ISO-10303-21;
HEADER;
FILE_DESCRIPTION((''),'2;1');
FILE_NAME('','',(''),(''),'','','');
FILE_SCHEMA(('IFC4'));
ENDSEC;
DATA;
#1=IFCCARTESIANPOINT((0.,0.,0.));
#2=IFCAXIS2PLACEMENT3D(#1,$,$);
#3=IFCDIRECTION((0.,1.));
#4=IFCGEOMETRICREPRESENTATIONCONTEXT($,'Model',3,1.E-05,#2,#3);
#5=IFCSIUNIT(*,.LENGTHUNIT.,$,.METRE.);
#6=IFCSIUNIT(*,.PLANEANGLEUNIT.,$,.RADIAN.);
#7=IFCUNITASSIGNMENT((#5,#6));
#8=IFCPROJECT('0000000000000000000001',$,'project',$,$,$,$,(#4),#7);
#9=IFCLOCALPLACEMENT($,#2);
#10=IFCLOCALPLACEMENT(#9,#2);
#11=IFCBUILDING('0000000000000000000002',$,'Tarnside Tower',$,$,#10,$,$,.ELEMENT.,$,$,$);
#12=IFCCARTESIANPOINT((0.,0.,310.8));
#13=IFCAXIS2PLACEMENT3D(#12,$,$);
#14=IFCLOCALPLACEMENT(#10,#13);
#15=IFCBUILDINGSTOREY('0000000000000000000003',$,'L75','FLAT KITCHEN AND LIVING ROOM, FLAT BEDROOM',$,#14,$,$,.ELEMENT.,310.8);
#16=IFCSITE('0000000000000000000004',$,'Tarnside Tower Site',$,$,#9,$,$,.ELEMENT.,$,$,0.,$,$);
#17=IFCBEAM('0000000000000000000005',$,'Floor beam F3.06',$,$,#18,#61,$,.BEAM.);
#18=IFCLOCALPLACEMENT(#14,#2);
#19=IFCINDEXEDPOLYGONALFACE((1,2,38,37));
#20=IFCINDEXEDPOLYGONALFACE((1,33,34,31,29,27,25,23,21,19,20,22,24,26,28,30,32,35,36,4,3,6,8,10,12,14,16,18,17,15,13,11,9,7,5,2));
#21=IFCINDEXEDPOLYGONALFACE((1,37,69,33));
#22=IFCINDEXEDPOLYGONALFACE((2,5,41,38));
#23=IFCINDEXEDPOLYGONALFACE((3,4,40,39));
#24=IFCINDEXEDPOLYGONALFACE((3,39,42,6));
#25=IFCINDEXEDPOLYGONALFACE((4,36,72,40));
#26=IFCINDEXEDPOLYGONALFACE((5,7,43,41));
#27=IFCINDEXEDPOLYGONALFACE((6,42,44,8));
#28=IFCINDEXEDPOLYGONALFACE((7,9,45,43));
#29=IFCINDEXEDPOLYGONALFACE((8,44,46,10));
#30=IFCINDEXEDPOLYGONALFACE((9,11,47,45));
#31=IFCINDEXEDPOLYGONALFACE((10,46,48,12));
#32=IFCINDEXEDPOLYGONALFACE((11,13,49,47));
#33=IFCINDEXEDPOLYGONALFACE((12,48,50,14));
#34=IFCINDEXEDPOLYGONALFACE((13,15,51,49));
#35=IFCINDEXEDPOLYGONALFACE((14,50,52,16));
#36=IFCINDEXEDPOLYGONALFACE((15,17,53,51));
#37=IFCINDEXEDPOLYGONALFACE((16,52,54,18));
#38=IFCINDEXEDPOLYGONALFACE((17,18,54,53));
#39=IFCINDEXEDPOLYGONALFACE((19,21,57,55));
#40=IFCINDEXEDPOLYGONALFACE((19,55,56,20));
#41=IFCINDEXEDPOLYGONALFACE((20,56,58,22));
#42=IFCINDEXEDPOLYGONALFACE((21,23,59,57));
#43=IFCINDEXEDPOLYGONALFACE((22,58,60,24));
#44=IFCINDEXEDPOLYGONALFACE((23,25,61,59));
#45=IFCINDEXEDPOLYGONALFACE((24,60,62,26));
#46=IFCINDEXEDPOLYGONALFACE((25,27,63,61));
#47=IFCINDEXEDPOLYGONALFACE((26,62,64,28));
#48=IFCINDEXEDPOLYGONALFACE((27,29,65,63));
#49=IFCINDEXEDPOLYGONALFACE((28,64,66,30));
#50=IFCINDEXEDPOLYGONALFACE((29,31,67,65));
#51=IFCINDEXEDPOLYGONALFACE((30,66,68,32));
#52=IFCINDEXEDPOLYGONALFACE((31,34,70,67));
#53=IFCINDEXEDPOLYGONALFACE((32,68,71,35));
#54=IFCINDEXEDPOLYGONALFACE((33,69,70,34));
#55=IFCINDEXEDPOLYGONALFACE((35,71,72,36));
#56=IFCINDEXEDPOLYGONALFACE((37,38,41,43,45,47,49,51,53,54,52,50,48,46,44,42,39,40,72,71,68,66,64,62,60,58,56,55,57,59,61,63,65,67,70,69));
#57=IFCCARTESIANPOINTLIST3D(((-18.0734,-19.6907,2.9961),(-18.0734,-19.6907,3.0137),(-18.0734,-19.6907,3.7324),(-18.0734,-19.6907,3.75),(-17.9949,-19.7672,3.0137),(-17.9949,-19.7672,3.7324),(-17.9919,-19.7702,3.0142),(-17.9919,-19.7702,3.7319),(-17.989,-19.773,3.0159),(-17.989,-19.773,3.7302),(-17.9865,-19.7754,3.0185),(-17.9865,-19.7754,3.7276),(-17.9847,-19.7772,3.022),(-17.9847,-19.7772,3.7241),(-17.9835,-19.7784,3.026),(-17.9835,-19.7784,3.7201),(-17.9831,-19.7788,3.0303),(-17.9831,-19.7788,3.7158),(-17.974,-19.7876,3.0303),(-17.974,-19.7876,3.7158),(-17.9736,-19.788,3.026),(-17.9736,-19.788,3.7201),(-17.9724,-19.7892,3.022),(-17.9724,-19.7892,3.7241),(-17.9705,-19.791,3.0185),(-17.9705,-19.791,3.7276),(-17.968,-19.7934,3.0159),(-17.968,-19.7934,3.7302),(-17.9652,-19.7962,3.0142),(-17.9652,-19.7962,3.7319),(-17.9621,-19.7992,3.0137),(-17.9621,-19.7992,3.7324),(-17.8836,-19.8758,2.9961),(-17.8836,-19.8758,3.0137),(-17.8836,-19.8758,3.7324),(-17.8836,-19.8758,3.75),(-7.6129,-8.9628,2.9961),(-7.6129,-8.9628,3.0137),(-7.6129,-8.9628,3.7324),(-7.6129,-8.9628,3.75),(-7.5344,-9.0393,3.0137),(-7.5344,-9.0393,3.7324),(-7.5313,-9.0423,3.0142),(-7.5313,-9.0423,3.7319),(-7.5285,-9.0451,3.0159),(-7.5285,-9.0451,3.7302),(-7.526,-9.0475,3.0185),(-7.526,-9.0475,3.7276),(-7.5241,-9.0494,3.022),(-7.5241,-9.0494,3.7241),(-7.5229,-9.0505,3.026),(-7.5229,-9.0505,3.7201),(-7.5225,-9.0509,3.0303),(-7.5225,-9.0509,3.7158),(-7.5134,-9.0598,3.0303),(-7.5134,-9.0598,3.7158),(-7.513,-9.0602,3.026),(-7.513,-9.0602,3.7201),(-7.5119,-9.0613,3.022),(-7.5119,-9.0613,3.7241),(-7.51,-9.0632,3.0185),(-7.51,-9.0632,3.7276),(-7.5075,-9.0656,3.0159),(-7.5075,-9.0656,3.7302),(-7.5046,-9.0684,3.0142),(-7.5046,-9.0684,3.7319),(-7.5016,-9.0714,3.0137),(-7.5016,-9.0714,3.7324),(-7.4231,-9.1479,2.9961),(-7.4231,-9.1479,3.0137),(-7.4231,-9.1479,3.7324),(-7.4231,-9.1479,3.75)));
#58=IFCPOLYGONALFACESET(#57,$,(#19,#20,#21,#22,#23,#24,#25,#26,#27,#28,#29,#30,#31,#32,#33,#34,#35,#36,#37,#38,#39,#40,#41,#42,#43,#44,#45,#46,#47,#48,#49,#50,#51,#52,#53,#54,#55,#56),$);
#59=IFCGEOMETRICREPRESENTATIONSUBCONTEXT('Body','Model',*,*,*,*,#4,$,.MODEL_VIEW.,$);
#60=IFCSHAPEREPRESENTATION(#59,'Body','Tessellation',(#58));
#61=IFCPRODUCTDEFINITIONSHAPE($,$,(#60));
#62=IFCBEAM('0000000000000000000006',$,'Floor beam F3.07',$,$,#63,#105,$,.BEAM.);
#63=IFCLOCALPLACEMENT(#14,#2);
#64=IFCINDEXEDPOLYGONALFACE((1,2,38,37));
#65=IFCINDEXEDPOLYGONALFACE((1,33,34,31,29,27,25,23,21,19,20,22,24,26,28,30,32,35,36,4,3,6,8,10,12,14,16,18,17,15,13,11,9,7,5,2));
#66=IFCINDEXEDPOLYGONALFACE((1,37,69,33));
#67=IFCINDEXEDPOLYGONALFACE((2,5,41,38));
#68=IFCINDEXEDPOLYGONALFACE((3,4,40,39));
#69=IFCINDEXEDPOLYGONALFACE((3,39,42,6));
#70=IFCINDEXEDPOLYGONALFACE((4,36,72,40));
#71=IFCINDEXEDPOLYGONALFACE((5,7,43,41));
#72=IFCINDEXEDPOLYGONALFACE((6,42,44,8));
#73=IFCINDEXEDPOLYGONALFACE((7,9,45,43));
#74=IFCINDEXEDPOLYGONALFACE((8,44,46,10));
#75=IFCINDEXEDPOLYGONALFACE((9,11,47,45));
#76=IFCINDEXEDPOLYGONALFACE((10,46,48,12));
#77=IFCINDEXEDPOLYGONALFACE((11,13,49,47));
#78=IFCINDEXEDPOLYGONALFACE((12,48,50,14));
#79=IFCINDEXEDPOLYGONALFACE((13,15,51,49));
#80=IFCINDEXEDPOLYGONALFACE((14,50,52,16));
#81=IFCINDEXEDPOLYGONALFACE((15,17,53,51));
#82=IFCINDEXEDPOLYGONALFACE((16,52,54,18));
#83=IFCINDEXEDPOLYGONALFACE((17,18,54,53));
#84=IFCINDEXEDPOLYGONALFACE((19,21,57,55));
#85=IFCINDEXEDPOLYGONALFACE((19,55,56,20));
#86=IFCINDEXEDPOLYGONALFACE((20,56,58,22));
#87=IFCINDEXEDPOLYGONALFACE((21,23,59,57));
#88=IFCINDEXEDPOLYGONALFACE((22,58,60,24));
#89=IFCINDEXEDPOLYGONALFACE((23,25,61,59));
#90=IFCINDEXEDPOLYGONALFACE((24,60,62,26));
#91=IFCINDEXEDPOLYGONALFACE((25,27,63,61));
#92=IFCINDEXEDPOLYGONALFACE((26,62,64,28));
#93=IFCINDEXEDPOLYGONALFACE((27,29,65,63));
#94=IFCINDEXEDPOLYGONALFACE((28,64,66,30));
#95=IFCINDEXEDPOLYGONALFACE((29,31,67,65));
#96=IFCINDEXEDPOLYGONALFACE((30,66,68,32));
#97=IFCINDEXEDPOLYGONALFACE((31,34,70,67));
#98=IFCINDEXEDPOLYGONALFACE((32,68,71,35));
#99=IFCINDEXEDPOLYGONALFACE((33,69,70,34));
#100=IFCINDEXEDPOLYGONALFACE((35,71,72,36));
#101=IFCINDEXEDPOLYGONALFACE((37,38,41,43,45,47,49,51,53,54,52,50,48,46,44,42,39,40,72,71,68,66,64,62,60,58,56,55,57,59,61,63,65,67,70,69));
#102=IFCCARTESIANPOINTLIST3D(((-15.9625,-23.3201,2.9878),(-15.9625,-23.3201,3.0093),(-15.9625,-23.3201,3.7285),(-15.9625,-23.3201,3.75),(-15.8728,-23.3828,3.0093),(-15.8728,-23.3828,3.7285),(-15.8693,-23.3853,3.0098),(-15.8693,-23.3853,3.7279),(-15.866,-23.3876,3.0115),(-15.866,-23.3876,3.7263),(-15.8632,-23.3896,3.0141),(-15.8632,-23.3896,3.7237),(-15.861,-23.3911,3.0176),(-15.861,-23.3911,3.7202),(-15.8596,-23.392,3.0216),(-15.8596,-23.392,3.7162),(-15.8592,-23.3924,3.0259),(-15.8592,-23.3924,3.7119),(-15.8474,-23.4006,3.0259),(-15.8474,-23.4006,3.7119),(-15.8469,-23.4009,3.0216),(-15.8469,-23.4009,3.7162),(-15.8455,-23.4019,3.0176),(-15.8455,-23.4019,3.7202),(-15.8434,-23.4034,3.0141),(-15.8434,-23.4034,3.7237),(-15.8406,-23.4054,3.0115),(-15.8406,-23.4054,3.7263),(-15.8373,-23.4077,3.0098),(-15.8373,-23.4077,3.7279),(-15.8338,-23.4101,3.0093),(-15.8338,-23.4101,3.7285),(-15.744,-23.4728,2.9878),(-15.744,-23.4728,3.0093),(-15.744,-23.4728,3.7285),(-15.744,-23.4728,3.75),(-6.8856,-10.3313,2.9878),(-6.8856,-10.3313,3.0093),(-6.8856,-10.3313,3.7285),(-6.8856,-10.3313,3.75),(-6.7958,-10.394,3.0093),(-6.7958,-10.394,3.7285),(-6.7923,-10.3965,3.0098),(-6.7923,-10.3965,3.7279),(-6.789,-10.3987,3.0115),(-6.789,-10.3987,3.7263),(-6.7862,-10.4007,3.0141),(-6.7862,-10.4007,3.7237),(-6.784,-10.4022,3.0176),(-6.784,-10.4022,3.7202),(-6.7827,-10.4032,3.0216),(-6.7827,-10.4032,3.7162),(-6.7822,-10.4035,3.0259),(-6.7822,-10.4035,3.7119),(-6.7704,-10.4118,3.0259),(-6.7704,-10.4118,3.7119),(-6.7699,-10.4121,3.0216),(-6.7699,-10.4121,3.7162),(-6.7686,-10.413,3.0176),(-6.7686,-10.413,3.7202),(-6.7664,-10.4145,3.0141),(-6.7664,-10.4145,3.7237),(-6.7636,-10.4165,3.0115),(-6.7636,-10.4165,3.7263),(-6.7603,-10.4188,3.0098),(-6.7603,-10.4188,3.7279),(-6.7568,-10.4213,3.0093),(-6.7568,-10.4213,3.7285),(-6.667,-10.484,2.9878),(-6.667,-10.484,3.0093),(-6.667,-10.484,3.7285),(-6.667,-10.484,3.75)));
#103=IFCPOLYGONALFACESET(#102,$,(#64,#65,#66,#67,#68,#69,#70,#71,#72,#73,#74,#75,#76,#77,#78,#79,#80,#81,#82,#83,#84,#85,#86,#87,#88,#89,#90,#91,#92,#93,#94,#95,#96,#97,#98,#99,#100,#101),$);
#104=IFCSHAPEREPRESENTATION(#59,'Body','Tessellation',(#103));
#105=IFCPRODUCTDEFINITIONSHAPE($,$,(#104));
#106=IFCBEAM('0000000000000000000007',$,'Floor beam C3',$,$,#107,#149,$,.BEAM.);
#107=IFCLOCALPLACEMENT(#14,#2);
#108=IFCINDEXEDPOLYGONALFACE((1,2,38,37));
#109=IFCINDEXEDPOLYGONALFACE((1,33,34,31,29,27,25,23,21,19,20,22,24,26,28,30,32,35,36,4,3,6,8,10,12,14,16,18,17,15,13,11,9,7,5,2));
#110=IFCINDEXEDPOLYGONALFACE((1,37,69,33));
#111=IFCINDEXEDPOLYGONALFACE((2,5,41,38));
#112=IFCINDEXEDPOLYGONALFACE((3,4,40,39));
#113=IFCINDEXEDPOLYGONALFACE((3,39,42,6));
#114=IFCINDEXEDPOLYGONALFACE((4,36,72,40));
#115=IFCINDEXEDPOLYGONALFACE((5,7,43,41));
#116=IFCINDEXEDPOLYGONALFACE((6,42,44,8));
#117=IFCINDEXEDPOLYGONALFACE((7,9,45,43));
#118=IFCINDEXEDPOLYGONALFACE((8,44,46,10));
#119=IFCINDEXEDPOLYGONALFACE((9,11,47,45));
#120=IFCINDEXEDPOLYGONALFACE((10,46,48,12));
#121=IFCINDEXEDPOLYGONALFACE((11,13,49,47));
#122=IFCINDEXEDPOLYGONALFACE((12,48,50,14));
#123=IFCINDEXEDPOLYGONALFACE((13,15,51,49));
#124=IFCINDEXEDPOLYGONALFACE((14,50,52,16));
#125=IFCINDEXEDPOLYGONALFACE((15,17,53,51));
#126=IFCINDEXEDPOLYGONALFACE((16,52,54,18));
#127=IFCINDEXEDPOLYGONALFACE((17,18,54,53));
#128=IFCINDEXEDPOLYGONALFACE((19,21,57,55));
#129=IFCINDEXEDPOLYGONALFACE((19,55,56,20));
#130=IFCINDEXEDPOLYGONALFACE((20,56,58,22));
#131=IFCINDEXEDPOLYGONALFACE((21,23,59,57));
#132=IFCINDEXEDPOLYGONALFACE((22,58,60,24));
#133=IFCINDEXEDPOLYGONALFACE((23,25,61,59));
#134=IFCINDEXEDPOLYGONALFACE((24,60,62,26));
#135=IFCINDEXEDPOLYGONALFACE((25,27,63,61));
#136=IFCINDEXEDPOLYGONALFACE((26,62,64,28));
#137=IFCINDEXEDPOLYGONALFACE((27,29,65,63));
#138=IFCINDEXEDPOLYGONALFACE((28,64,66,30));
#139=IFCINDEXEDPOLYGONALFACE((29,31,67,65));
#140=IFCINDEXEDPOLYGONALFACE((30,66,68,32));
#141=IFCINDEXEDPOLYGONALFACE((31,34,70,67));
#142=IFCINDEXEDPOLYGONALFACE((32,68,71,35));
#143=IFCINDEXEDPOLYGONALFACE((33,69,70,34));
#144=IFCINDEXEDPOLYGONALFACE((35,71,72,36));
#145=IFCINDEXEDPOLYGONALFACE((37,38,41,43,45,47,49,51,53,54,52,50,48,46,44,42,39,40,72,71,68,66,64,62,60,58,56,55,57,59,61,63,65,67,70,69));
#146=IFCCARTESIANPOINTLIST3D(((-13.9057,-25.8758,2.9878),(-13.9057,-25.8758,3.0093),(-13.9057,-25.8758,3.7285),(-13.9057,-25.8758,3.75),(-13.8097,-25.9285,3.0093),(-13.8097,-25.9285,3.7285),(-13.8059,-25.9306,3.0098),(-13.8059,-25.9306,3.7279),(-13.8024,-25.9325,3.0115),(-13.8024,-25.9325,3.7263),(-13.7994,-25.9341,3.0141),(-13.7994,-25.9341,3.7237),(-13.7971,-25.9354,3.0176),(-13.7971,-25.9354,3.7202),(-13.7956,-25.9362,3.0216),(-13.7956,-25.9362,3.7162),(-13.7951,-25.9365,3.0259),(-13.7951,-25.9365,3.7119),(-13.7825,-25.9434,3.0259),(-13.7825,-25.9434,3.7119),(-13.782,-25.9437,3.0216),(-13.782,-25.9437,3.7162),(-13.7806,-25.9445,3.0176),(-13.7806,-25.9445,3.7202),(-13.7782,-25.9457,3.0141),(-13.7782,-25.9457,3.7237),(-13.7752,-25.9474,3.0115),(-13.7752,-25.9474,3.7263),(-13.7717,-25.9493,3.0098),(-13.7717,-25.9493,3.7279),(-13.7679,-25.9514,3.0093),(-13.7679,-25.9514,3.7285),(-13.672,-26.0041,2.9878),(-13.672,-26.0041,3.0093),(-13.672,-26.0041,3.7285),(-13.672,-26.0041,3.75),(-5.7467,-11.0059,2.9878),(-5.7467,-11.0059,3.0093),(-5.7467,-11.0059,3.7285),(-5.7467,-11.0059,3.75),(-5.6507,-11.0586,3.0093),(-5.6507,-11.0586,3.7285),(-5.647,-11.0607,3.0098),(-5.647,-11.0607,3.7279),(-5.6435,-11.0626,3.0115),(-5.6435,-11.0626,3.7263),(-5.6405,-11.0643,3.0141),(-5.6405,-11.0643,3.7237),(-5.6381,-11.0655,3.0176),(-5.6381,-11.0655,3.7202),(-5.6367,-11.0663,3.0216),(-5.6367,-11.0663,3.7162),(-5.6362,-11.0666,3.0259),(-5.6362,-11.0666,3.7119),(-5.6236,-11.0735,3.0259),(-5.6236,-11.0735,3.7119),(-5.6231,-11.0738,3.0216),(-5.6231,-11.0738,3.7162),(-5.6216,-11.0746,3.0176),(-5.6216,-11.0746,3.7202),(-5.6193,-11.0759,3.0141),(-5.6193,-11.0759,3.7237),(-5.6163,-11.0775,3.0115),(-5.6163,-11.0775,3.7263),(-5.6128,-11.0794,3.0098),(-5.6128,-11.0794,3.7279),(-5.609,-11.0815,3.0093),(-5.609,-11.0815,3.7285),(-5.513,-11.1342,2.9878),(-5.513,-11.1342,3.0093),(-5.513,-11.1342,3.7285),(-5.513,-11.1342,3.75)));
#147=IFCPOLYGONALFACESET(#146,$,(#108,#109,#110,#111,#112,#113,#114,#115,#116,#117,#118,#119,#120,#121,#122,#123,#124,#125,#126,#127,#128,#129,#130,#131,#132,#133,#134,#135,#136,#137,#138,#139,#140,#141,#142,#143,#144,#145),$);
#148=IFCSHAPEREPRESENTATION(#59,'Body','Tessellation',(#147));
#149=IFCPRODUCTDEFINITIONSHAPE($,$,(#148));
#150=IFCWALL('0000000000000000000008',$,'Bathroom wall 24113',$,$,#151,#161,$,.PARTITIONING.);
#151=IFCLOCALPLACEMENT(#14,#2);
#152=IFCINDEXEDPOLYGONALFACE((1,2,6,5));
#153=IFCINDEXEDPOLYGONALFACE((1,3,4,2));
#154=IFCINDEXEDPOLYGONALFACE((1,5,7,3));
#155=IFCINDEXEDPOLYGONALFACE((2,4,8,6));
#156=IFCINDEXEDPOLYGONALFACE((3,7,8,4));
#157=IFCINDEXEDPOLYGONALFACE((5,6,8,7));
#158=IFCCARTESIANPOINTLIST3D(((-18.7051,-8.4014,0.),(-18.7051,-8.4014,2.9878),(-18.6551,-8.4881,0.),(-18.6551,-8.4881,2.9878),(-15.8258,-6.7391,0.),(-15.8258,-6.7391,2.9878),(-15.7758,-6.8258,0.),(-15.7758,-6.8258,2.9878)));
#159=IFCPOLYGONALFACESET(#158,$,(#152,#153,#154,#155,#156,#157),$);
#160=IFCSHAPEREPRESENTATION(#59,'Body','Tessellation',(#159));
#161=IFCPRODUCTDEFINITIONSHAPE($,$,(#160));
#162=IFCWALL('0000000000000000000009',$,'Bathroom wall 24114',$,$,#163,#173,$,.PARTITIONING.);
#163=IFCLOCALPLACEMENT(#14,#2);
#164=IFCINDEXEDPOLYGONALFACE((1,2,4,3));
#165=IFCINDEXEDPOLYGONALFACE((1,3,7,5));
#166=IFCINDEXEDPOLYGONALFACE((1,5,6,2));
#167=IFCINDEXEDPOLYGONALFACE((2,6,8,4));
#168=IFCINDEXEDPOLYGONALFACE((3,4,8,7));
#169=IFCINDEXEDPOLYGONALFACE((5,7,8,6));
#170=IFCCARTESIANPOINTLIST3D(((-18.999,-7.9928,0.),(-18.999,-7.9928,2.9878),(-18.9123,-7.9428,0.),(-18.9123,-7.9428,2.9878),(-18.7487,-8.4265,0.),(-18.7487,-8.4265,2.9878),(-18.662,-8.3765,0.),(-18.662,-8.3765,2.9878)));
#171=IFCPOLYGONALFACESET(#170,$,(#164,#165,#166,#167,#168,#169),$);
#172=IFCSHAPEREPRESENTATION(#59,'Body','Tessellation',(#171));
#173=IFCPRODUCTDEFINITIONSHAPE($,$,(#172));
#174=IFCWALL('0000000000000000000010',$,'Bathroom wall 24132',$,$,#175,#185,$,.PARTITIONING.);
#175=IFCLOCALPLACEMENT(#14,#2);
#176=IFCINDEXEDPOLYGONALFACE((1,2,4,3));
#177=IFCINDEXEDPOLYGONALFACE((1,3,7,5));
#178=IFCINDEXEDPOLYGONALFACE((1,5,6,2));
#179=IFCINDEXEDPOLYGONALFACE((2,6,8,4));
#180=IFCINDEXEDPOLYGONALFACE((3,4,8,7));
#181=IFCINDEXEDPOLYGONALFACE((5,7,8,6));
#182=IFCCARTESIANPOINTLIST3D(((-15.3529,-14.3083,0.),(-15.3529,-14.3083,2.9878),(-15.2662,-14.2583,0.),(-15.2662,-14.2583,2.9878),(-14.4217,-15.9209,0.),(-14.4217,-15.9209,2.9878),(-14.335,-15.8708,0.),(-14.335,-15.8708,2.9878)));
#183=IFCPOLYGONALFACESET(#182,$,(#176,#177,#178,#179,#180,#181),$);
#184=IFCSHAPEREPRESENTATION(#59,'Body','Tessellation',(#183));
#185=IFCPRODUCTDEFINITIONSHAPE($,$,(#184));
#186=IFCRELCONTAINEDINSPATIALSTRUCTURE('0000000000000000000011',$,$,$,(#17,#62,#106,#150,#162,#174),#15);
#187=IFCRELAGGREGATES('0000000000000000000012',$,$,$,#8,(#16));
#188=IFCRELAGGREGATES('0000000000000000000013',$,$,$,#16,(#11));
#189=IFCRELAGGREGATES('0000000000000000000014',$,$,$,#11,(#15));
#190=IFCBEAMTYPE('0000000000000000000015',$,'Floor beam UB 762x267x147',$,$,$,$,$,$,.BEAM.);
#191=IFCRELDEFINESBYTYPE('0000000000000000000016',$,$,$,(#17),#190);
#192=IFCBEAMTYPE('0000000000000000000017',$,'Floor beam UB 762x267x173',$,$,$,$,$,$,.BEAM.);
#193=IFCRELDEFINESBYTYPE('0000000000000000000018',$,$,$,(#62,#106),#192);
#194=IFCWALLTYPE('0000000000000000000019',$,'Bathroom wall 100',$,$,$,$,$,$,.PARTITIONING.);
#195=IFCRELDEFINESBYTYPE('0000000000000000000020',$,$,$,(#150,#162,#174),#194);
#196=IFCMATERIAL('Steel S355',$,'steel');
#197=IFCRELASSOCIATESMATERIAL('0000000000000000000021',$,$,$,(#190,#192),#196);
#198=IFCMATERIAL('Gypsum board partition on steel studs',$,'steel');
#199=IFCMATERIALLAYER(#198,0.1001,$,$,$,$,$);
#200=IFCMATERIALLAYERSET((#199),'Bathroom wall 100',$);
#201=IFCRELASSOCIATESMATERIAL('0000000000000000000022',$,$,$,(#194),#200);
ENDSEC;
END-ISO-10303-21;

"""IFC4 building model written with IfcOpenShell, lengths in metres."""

from ifc_helpers import new_model, si_unit, direction, frame, frame_2d, origin, origin_2d, place, context, subcontext, project, spatial, rectangle, i_section, extrude, material, layer, layer_set, material_profile, profile_set, type_object, element, save


model = new_model("IFC4")

# Units and contexts
model_context = context("Model", 3, precision=1e-05, world=origin(), true_north=direction((0.0, 1.0)))
body_context = subcontext(model_context, "Body", "Model", "MODEL_VIEW")
ifc_project = project(units=[si_unit("LENGTHUNIT", "METRE"), si_unit("PLANEANGLEUNIT", "RADIAN")], contexts=[model_context])

# Site, building, storey
site_placement = place(None, origin())
site = spatial("IfcSite", under=ifc_project, at=site_placement, Name="Tarnside Tower Site", CompositionType="ELEMENT", RefElevation=0.0)
building_placement = place(site_placement, origin())
building = spatial("IfcBuilding", under=site, at=building_placement, Name="Tarnside Tower", CompositionType="ELEMENT")
storey_placement = place(building_placement, frame((0.0, 0.0, 310.8)))
storey = spatial("IfcBuildingStorey", under=building, at=storey_placement, Name="L75", Description="FLAT KITCHEN AND LIVING ROOM, FLAT BEDROOM", CompositionType="ELEMENT", Elevation=310.8)

# Beams
ifc_material_1 = material(Name="Steel S355", Category="steel")
ifc_material_profile_1 = material_profile(ifc_material_1, i_section(OverallWidth=0.2651, OverallDepth=0.7539, WebThickness=0.0127, FlangeThickness=0.0176, FilletRadius=0.0166, at=origin_2d()), Name="UB 762x267x147")
ifc_profile_set_1 = profile_set([ifc_material_profile_1], Name="Steel S355")
beam_type_1 = type_object("IfcBeamType", Name="Floor beam UB 762x267x147", PredefinedType="BEAM", material=ifc_profile_set_1)
beam_1_placement = place(storey_placement, frame((-17.9785, -19.7832, 3.373), z_axis=(0.69813, 0.715971, 0.0), x_axis=(-0.715971, 0.69813, 0.0)))
element("IfcBeam", 1, at=beam_1_placement, inside=storey, type_object=beam_type_1, Name="Floor beam F3.06", PredefinedType="BEAM", context=body_context, shape_type="SweptSolid", body=[
    extrude(i_section(OverallWidth=0.2651, OverallDepth=0.7539, WebThickness=0.0127, FlangeThickness=0.0176, FilletRadius=0.0166, at=origin_2d()), origin(), (0.0, 0.0, 1.0), 14.9836),
])
ifc_material_profile_2 = material_profile(ifc_material_1, i_section(OverallWidth=0.2666, OverallDepth=0.7622, WebThickness=0.0144, FlangeThickness=0.0215, FilletRadius=0.0166, at=origin_2d()), Name="UB 762x267x173")
ifc_profile_set_2 = profile_set([ifc_material_profile_2], Name="Steel S355")
beam_type_2 = type_object("IfcBeamType", Name="Floor beam UB 762x267x173", PredefinedType="BEAM", material=ifc_profile_set_2)
beam_2_placement = place(storey_placement, frame((-15.8533, -23.3965, 3.3689), z_axis=(0.572817, 0.819683, 0.0), x_axis=(-0.819683, 0.572817, 0.0)))
element("IfcBeam", 2, at=beam_2_placement, inside=storey, type_object=beam_type_2, Name="Floor beam F3.07", PredefinedType="BEAM", context=body_context, shape_type="SweptSolid", body=[
    extrude(i_section(OverallWidth=0.2666, OverallDepth=0.7622, WebThickness=0.0144, FlangeThickness=0.0215, FilletRadius=0.0166, at=origin_2d()), origin(), (0.0, 0.0, 1.0), 15.8462),
])
beam_3_placement = place(storey_placement, frame((-13.7888, -25.9399, 3.3689), z_axis=(0.481036, 0.876701, 0.0), x_axis=(-0.876701, 0.481036, 0.0)))
element("IfcBeam", 3, at=beam_3_placement, inside=storey, type_object=beam_type_2, Name="Floor beam C3", PredefinedType="BEAM", context=body_context, shape_type="SweptSolid", body=[
    extrude(i_section(OverallWidth=0.2666, OverallDepth=0.7622, WebThickness=0.0144, FlangeThickness=0.0215, FilletRadius=0.0166, at=origin_2d()), origin(), (0.0, 0.0, 1.0), 16.9612),
])

# Walls
ifc_material_2 = material(Name="Gypsum board partition on steel studs", Category="steel")
ifc_layer_1 = layer(ifc_material_2, 0.1001)
ifc_layer_set_1 = layer_set([ifc_layer_1], Name="Bathroom wall 100")
wall_type_1 = type_object("IfcWallType", Name="Bathroom wall 100", PredefinedType="PARTITIONING", material=ifc_layer_set_1)
wall_1_placement = place(storey_placement, frame((-15.8008, -6.7825, 0.0), z_axis=(0.0, 0.0, 1.0), x_axis=(-0.866034, -0.499985, 0.0)))
element("IfcWall", 4, at=wall_1_placement, inside=storey, type_object=wall_type_1, Name="Bathroom wall 24113", PredefinedType="PARTITIONING", context=body_context, shape_type="SweptSolid", body=[
    extrude(rectangle(XDim=3.3247, YDim=0.1001, at=frame_2d((1.6624, 0.0))), origin(), (0.0, 0.0, 1.0), 2.9878),
])
wall_2_placement = place(storey_placement, frame((-18.7053, -8.4016, 0.0), z_axis=(0.0, 0.0, 1.0), x_axis=(-0.499863, 0.866104, 0.0)))
element("IfcWall", 5, at=wall_2_placement, inside=storey, type_object=wall_type_1, Name="Bathroom wall 24114", PredefinedType="PARTITIONING", context=body_context, shape_type="SweptSolid", body=[
    extrude(rectangle(XDim=0.5007, YDim=0.1001, at=frame_2d((0.2505, 0.0))), origin(), (0.0, 0.0, 1.0), 2.9878),
])
wall_3_placement = place(storey_placement, frame((-15.3096, -14.2832, 0.0), z_axis=(0.0, 0.0, 1.0), x_axis=(0.500059, -0.865991, 0.0)))
element("IfcWall", 6, at=wall_3_placement, inside=storey, type_object=wall_type_1, Name="Bathroom wall 24132", PredefinedType="PARTITIONING", context=body_context, shape_type="SweptSolid", body=[
    extrude(rectangle(XDim=1.8621, YDim=0.1001, at=frame_2d((0.9312, 0.0))), origin(), (0.0, 0.0, 1.0), 2.9878),
])

save(model, "model.ifc")
